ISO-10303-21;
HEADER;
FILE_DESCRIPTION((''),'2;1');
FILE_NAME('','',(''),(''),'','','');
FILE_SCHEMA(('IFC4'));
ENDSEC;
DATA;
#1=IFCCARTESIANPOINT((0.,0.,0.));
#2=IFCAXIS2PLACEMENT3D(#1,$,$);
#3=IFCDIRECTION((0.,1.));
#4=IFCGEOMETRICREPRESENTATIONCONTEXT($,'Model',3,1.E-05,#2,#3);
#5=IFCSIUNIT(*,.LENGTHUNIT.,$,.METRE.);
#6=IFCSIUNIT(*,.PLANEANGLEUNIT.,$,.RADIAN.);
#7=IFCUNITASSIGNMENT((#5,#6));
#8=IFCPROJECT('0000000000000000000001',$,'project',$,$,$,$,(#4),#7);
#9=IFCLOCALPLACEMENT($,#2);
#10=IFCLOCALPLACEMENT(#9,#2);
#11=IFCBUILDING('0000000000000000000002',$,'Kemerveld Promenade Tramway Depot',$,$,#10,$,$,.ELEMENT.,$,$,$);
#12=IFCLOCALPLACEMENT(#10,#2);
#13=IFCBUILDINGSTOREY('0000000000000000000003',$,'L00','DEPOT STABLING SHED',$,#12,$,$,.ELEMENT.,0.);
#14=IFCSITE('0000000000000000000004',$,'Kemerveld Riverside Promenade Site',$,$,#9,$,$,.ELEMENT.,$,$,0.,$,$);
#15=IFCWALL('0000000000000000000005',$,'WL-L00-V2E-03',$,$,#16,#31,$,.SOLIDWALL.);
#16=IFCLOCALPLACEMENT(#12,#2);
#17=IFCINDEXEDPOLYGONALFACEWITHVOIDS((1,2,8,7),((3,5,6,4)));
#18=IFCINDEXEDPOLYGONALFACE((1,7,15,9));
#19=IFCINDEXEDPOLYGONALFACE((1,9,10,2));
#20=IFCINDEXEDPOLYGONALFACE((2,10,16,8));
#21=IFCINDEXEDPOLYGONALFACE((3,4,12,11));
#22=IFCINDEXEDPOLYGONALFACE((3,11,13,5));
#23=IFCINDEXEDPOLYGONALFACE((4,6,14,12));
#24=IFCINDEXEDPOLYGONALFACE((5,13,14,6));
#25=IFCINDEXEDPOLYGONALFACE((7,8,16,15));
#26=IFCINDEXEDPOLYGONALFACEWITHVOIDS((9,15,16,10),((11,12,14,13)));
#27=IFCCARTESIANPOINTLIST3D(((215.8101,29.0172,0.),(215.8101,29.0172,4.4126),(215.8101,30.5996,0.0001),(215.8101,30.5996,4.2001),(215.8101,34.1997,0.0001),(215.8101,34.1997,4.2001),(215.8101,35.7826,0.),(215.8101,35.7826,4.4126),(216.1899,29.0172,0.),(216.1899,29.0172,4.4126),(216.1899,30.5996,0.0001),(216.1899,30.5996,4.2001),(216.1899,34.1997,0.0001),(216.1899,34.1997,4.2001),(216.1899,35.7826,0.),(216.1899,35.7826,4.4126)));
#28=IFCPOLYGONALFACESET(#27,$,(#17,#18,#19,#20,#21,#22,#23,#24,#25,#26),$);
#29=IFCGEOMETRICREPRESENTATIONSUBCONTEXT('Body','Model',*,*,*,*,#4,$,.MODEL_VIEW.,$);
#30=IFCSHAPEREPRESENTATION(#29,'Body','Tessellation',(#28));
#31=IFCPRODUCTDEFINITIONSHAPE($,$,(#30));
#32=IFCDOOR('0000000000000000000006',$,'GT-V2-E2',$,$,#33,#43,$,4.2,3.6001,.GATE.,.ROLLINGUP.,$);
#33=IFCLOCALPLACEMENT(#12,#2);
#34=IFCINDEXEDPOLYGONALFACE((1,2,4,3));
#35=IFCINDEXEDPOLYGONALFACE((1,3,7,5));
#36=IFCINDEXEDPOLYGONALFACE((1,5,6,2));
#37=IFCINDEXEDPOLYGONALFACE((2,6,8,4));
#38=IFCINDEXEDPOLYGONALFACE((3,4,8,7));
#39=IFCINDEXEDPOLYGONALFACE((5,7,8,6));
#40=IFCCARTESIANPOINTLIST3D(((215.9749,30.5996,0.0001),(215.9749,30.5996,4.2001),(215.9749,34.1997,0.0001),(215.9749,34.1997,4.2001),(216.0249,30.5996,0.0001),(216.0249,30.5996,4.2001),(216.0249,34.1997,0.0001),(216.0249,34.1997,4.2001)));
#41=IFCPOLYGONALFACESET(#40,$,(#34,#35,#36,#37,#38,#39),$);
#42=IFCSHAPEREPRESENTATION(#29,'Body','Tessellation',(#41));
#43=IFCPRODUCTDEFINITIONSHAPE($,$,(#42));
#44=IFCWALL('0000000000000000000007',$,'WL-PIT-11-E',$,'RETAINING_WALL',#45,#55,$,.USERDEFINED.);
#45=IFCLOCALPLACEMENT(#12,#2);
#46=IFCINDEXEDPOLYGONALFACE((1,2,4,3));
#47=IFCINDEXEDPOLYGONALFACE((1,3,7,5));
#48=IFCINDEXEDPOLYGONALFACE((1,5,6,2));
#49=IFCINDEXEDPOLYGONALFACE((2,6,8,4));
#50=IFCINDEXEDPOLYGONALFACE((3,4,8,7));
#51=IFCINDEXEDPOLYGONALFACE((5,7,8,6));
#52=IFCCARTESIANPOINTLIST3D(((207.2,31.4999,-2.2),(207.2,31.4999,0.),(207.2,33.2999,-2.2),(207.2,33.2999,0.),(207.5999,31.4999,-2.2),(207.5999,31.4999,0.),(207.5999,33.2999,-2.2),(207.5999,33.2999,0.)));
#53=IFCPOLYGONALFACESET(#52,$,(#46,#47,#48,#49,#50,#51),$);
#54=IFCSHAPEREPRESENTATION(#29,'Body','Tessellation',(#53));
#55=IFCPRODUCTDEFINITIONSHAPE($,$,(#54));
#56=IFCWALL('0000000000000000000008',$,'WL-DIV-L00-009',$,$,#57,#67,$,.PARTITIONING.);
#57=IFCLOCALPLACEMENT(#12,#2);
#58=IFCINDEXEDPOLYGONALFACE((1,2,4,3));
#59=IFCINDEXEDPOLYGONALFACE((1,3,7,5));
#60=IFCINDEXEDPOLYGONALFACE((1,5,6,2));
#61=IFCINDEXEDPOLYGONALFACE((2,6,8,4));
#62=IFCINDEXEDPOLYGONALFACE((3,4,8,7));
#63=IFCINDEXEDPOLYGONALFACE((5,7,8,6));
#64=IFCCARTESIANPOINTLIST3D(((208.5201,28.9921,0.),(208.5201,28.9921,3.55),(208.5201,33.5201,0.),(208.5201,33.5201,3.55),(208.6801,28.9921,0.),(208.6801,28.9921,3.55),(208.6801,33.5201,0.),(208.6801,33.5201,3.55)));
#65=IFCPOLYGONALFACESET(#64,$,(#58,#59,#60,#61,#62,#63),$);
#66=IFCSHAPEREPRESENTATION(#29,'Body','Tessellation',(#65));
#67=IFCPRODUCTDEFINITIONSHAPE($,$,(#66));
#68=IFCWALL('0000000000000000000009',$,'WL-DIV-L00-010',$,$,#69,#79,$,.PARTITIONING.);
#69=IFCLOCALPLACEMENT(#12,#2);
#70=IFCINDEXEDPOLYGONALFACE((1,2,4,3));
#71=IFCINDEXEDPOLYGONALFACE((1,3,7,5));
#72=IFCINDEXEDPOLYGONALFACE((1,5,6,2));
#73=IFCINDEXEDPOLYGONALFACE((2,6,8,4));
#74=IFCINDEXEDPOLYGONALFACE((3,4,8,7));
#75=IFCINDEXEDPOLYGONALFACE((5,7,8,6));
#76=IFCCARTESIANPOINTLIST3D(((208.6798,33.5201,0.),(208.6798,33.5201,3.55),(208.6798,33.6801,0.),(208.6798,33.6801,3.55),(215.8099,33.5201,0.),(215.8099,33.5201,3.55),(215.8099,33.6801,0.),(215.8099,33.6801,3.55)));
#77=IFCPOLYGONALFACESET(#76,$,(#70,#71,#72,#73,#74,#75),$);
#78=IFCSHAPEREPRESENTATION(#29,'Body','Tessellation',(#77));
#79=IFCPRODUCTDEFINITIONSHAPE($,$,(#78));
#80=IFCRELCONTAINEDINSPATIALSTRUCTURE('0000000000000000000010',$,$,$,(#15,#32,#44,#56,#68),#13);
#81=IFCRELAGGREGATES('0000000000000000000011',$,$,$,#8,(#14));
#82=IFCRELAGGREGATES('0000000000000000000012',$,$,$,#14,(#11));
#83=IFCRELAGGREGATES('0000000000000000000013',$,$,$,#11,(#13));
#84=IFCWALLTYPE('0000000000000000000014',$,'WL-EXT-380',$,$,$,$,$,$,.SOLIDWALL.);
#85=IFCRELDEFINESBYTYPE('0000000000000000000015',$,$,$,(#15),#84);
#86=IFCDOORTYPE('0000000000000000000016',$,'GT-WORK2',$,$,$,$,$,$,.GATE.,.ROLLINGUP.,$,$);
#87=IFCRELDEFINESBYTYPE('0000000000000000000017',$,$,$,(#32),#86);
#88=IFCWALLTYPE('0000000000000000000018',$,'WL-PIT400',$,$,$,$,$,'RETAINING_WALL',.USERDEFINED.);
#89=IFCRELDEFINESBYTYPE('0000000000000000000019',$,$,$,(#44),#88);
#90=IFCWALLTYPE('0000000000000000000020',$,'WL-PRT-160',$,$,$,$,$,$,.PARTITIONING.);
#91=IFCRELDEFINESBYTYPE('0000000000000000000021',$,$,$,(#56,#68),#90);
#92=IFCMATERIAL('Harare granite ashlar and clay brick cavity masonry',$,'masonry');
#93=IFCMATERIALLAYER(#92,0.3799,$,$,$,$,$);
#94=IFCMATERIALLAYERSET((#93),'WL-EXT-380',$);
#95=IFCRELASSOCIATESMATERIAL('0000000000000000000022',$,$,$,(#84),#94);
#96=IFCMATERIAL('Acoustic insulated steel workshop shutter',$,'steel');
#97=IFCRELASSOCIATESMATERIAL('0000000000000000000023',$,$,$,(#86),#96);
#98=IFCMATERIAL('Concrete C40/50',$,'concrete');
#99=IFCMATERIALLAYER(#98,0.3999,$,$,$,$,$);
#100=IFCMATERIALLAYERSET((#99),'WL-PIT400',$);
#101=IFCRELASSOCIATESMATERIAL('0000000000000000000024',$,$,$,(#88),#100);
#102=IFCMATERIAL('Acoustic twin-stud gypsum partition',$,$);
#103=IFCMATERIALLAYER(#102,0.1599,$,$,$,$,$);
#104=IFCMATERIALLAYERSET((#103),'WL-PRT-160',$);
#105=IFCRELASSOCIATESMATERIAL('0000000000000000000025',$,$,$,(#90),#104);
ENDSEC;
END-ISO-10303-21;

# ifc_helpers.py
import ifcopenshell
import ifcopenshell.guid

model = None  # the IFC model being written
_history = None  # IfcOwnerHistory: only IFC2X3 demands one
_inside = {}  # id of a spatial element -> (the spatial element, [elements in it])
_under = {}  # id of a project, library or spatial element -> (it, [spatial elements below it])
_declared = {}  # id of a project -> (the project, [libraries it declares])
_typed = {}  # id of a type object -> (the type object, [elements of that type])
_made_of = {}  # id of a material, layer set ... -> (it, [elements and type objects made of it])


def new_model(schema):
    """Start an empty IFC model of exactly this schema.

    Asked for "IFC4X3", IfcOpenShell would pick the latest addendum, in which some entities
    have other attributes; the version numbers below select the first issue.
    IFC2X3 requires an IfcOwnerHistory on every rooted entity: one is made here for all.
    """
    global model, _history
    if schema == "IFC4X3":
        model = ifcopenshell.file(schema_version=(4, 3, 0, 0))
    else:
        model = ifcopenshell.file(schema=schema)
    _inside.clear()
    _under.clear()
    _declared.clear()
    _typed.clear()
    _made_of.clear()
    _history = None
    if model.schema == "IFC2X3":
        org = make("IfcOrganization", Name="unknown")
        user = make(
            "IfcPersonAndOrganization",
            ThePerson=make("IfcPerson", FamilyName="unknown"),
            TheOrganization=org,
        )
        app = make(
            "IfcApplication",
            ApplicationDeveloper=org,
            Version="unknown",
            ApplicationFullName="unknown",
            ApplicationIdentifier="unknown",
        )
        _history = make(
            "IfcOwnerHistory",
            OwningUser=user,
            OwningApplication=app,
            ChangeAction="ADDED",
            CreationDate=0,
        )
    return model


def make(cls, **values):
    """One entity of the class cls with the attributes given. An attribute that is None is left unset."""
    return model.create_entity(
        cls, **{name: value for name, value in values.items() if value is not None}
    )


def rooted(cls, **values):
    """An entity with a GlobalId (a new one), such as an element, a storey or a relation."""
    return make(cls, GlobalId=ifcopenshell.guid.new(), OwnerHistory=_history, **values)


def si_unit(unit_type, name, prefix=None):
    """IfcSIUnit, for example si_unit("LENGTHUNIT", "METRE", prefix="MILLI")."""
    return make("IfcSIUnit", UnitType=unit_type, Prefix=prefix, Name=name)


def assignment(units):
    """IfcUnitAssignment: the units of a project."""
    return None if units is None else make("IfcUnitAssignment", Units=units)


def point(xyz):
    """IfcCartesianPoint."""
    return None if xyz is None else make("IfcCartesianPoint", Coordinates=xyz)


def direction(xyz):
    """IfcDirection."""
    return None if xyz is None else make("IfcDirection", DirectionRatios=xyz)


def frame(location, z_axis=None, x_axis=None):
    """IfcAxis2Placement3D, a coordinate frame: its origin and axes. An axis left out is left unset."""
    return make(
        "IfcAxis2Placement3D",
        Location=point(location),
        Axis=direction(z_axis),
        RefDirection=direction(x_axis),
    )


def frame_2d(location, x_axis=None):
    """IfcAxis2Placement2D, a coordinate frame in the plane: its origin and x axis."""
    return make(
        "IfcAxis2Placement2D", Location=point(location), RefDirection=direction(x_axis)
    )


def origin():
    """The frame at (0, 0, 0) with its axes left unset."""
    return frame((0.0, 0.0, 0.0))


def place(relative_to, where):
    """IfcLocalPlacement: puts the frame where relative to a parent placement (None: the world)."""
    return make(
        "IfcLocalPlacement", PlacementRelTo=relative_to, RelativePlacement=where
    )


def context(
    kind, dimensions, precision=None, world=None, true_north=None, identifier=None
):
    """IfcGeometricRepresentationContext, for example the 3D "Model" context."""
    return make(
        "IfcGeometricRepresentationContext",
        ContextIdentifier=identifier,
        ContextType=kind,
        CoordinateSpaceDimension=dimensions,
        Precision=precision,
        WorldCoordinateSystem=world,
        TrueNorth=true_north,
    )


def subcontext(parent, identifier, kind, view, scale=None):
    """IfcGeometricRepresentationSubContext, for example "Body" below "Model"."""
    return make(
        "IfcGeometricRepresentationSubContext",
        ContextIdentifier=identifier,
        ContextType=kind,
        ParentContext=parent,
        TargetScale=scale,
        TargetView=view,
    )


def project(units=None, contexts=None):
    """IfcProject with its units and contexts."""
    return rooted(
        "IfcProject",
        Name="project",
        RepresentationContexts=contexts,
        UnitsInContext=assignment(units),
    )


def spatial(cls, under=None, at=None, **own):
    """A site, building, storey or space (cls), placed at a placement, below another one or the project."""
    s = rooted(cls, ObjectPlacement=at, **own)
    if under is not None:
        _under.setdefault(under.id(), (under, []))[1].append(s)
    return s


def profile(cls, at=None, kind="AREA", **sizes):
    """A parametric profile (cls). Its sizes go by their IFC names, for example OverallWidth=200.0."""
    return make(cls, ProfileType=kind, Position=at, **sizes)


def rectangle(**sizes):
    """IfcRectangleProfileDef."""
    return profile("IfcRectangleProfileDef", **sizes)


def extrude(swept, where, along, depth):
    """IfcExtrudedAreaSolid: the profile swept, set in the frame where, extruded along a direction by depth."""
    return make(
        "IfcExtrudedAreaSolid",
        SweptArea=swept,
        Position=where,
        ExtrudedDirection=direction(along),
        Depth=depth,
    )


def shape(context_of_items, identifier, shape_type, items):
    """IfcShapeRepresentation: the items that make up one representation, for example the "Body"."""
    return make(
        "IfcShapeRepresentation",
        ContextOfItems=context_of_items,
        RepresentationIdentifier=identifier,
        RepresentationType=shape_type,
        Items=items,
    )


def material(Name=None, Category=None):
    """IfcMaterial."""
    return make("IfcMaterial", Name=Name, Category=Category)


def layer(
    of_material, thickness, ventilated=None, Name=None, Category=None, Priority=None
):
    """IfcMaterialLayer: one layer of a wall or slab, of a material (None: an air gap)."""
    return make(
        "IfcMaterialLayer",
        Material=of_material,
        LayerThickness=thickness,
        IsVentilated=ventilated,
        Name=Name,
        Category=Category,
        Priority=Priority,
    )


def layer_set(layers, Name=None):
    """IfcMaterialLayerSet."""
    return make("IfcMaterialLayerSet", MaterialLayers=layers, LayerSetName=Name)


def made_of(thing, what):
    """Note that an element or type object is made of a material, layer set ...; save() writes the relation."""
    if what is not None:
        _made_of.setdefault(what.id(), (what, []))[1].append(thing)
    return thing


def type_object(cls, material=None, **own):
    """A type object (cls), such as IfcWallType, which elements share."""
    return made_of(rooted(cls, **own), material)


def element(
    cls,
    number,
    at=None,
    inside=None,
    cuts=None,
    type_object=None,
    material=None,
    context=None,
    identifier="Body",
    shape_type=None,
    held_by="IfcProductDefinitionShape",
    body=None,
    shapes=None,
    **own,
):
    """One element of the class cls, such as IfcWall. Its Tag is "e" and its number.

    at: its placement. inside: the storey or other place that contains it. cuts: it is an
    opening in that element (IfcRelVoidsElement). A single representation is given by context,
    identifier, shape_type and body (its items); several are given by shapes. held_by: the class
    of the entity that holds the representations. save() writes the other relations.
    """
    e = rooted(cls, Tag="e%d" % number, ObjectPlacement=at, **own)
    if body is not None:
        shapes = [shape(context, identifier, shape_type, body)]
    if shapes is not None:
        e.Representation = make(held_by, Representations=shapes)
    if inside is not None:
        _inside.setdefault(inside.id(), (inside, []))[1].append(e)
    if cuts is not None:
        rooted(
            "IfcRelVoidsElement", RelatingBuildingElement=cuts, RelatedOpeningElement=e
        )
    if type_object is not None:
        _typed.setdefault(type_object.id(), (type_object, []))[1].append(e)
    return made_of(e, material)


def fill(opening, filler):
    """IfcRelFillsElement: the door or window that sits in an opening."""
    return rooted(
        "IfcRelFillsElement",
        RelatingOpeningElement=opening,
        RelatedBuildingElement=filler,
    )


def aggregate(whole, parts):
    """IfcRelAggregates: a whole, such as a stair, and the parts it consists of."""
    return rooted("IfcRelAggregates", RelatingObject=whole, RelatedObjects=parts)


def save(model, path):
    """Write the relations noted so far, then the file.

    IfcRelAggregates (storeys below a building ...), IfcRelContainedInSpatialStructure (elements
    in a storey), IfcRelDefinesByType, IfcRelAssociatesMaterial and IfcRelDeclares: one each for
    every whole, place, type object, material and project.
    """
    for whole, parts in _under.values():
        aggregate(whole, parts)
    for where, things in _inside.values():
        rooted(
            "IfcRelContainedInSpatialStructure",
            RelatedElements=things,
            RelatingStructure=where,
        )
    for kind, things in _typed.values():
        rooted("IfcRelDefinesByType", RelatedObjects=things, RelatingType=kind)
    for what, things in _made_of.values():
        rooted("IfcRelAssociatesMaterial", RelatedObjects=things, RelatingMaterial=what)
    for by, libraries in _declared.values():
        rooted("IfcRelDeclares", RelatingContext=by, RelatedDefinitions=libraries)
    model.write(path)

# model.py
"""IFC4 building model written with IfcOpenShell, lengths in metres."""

from ifc_helpers import new_model, si_unit, direction, frame, frame_2d, origin, place, context, subcontext, project, spatial, rectangle, extrude, material, layer, layer_set, type_object, element, fill, save


model = new_model("IFC4")

# Units and contexts
model_context = context("Model", 3, precision=1e-05, world=origin(), true_north=direction((0.0, 1.0)))
body_context = subcontext(model_context, "Body", "Model", "MODEL_VIEW")
ifc_project = project(units=[si_unit("LENGTHUNIT", "METRE"), si_unit("PLANEANGLEUNIT", "RADIAN")], contexts=[model_context])

# Site, building, storey
site_placement = place(None, origin())
site = spatial("IfcSite", under=ifc_project, at=site_placement, Name="Kemerveld Riverside Promenade Site", CompositionType="ELEMENT", RefElevation=0.0)
building_placement = place(site_placement, origin())
building = spatial("IfcBuilding", under=site, at=building_placement, Name="Kemerveld Promenade Tramway Depot", CompositionType="ELEMENT")
storey_placement = place(building_placement, origin())
storey = spatial("IfcBuildingStorey", under=building, at=storey_placement, Name="L00", Description="DEPOT STABLING SHED", CompositionType="ELEMENT", Elevation=0.0)

# Wall, opening, door
ifc_material_1 = material(Name="Harare granite ashlar and clay brick cavity masonry", Category="masonry")
ifc_layer_1 = layer(ifc_material_1, 0.3799)
ifc_layer_set_1 = layer_set([ifc_layer_1], Name="WL-EXT-380")
wall_type_1 = type_object("IfcWallType", Name="WL-EXT-380", PredefinedType="SOLIDWALL", material=ifc_layer_set_1)
wall_1_placement = place(storey_placement, frame((216.0, 35.7827, 0.0), z_axis=(0.0, 0.0, 1.0), x_axis=(0.0, -1.0, 0.0)))
wall_1 = element("IfcWall", 1, at=wall_1_placement, inside=storey, type_object=wall_type_1, Name="WL-L00-V2E-03", PredefinedType="SOLIDWALL", context=body_context, shape_type="SweptSolid", body=[
    extrude(rectangle(XDim=6.7654, YDim=0.3799, at=frame_2d((3.3828, 0.0))), origin(), (0.0, 0.0, 1.0), 4.4126),
])
opening_placement = place(wall_1_placement, frame((1.583, 0.0, 0.0)))
opening = element("IfcOpeningElement", 2, at=opening_placement, cuts=wall_1, PredefinedType="OPENING", context=body_context, shape_type="SweptSolid", body=[
    extrude(rectangle(XDim=3.6001, YDim=4.2, at=frame_2d((1.8, 2.1001))), frame((0.0, 0.2, 0.0), z_axis=(0.0, -1.0, 0.0), x_axis=(1.0, 0.0, 0.0)), (0.0, 0.0, 1.0), 0.3999),
])
ifc_material_2 = material(Name="Acoustic insulated steel workshop shutter", Category="steel")
door_type = type_object("IfcDoorType", Name="GT-WORK2", OperationType="ROLLINGUP", PredefinedType="GATE", material=ifc_material_2)
door_placement = place(opening_placement, origin())
door = element("IfcDoor", 3, at=door_placement, inside=storey, type_object=door_type, Name="GT-V2-E2", OperationType="ROLLINGUP", OverallHeight=4.2, OverallWidth=3.6001, PredefinedType="GATE", context=body_context, shape_type="SweptSolid", body=[
    extrude(rectangle(XDim=3.6001, YDim=4.2, at=frame_2d((1.8, 2.1001))), frame((0.0, 0.0249, 0.0), z_axis=(0.0, -1.0, 0.0), x_axis=(1.0, 0.0, 0.0)), (0.0, 0.0, 1.0), 0.05),
])
fill(opening, door)

# Walls
ifc_material_3 = material(Name="Concrete C40/50", Category="concrete")
ifc_layer_2 = layer(ifc_material_3, 0.3999)
ifc_layer_set_2 = layer_set([ifc_layer_2], Name="WL-PIT400")
wall_type_2 = type_object("IfcWallType", Name="WL-PIT400", ElementType="RETAINING_WALL", PredefinedType="USERDEFINED", material=ifc_layer_set_2)
wall_2_placement = place(storey_placement, frame((207.3999, 31.5, -2.2), z_axis=(0.0, 0.0, 1.0), x_axis=(0.0, 1.0, 0.0)))
element("IfcWall", 4, at=wall_2_placement, inside=storey, type_object=wall_type_2, Name="WL-PIT-11-E", ObjectType="RETAINING_WALL", PredefinedType="USERDEFINED", context=body_context, shape_type="SweptSolid", body=[
    extrude(rectangle(XDim=1.8, YDim=0.3999, at=frame_2d((0.8999, 0.0))), origin(), (0.0, 0.0, 1.0), 2.2),
])
ifc_material_4 = material(Name="Acoustic twin-stud gypsum partition")
ifc_layer_3 = layer(ifc_material_4, 0.1599)
ifc_layer_set_3 = layer_set([ifc_layer_3], Name="WL-PRT-160")
wall_type_3 = type_object("IfcWallType", Name="WL-PRT-160", PredefinedType="PARTITIONING", material=ifc_layer_set_3)
wall_3_placement = place(storey_placement, frame((208.6001, 28.9919, 0.0), z_axis=(0.0, 0.0, 1.0), x_axis=(0.0, 1.0, 0.0)))
element("IfcWall", 5, at=wall_3_placement, inside=storey, type_object=wall_type_3, Name="WL-DIV-L00-009", PredefinedType="PARTITIONING", context=body_context, shape_type="SweptSolid", body=[
    extrude(rectangle(XDim=4.5281, YDim=0.1599, at=frame_2d((2.2642, 0.0))), origin(), (0.0, 0.0, 1.0), 3.55),
])
wall_4_placement = place(storey_placement, frame((208.6799, 33.6001, 0.0), z_axis=(0.0, 0.0, 1.0), x_axis=(1.0, 0.0, 0.0)))
element("IfcWall", 6, at=wall_4_placement, inside=storey, type_object=wall_type_3, Name="WL-DIV-L00-010", PredefinedType="PARTITIONING", context=body_context, shape_type="SweptSolid", body=[
    extrude(rectangle(XDim=7.1301, YDim=0.1599, at=frame_2d((3.5649, 0.0))), origin(), (0.0, 0.0, 1.0), 3.55),
])

save(model, "model.ifc")
